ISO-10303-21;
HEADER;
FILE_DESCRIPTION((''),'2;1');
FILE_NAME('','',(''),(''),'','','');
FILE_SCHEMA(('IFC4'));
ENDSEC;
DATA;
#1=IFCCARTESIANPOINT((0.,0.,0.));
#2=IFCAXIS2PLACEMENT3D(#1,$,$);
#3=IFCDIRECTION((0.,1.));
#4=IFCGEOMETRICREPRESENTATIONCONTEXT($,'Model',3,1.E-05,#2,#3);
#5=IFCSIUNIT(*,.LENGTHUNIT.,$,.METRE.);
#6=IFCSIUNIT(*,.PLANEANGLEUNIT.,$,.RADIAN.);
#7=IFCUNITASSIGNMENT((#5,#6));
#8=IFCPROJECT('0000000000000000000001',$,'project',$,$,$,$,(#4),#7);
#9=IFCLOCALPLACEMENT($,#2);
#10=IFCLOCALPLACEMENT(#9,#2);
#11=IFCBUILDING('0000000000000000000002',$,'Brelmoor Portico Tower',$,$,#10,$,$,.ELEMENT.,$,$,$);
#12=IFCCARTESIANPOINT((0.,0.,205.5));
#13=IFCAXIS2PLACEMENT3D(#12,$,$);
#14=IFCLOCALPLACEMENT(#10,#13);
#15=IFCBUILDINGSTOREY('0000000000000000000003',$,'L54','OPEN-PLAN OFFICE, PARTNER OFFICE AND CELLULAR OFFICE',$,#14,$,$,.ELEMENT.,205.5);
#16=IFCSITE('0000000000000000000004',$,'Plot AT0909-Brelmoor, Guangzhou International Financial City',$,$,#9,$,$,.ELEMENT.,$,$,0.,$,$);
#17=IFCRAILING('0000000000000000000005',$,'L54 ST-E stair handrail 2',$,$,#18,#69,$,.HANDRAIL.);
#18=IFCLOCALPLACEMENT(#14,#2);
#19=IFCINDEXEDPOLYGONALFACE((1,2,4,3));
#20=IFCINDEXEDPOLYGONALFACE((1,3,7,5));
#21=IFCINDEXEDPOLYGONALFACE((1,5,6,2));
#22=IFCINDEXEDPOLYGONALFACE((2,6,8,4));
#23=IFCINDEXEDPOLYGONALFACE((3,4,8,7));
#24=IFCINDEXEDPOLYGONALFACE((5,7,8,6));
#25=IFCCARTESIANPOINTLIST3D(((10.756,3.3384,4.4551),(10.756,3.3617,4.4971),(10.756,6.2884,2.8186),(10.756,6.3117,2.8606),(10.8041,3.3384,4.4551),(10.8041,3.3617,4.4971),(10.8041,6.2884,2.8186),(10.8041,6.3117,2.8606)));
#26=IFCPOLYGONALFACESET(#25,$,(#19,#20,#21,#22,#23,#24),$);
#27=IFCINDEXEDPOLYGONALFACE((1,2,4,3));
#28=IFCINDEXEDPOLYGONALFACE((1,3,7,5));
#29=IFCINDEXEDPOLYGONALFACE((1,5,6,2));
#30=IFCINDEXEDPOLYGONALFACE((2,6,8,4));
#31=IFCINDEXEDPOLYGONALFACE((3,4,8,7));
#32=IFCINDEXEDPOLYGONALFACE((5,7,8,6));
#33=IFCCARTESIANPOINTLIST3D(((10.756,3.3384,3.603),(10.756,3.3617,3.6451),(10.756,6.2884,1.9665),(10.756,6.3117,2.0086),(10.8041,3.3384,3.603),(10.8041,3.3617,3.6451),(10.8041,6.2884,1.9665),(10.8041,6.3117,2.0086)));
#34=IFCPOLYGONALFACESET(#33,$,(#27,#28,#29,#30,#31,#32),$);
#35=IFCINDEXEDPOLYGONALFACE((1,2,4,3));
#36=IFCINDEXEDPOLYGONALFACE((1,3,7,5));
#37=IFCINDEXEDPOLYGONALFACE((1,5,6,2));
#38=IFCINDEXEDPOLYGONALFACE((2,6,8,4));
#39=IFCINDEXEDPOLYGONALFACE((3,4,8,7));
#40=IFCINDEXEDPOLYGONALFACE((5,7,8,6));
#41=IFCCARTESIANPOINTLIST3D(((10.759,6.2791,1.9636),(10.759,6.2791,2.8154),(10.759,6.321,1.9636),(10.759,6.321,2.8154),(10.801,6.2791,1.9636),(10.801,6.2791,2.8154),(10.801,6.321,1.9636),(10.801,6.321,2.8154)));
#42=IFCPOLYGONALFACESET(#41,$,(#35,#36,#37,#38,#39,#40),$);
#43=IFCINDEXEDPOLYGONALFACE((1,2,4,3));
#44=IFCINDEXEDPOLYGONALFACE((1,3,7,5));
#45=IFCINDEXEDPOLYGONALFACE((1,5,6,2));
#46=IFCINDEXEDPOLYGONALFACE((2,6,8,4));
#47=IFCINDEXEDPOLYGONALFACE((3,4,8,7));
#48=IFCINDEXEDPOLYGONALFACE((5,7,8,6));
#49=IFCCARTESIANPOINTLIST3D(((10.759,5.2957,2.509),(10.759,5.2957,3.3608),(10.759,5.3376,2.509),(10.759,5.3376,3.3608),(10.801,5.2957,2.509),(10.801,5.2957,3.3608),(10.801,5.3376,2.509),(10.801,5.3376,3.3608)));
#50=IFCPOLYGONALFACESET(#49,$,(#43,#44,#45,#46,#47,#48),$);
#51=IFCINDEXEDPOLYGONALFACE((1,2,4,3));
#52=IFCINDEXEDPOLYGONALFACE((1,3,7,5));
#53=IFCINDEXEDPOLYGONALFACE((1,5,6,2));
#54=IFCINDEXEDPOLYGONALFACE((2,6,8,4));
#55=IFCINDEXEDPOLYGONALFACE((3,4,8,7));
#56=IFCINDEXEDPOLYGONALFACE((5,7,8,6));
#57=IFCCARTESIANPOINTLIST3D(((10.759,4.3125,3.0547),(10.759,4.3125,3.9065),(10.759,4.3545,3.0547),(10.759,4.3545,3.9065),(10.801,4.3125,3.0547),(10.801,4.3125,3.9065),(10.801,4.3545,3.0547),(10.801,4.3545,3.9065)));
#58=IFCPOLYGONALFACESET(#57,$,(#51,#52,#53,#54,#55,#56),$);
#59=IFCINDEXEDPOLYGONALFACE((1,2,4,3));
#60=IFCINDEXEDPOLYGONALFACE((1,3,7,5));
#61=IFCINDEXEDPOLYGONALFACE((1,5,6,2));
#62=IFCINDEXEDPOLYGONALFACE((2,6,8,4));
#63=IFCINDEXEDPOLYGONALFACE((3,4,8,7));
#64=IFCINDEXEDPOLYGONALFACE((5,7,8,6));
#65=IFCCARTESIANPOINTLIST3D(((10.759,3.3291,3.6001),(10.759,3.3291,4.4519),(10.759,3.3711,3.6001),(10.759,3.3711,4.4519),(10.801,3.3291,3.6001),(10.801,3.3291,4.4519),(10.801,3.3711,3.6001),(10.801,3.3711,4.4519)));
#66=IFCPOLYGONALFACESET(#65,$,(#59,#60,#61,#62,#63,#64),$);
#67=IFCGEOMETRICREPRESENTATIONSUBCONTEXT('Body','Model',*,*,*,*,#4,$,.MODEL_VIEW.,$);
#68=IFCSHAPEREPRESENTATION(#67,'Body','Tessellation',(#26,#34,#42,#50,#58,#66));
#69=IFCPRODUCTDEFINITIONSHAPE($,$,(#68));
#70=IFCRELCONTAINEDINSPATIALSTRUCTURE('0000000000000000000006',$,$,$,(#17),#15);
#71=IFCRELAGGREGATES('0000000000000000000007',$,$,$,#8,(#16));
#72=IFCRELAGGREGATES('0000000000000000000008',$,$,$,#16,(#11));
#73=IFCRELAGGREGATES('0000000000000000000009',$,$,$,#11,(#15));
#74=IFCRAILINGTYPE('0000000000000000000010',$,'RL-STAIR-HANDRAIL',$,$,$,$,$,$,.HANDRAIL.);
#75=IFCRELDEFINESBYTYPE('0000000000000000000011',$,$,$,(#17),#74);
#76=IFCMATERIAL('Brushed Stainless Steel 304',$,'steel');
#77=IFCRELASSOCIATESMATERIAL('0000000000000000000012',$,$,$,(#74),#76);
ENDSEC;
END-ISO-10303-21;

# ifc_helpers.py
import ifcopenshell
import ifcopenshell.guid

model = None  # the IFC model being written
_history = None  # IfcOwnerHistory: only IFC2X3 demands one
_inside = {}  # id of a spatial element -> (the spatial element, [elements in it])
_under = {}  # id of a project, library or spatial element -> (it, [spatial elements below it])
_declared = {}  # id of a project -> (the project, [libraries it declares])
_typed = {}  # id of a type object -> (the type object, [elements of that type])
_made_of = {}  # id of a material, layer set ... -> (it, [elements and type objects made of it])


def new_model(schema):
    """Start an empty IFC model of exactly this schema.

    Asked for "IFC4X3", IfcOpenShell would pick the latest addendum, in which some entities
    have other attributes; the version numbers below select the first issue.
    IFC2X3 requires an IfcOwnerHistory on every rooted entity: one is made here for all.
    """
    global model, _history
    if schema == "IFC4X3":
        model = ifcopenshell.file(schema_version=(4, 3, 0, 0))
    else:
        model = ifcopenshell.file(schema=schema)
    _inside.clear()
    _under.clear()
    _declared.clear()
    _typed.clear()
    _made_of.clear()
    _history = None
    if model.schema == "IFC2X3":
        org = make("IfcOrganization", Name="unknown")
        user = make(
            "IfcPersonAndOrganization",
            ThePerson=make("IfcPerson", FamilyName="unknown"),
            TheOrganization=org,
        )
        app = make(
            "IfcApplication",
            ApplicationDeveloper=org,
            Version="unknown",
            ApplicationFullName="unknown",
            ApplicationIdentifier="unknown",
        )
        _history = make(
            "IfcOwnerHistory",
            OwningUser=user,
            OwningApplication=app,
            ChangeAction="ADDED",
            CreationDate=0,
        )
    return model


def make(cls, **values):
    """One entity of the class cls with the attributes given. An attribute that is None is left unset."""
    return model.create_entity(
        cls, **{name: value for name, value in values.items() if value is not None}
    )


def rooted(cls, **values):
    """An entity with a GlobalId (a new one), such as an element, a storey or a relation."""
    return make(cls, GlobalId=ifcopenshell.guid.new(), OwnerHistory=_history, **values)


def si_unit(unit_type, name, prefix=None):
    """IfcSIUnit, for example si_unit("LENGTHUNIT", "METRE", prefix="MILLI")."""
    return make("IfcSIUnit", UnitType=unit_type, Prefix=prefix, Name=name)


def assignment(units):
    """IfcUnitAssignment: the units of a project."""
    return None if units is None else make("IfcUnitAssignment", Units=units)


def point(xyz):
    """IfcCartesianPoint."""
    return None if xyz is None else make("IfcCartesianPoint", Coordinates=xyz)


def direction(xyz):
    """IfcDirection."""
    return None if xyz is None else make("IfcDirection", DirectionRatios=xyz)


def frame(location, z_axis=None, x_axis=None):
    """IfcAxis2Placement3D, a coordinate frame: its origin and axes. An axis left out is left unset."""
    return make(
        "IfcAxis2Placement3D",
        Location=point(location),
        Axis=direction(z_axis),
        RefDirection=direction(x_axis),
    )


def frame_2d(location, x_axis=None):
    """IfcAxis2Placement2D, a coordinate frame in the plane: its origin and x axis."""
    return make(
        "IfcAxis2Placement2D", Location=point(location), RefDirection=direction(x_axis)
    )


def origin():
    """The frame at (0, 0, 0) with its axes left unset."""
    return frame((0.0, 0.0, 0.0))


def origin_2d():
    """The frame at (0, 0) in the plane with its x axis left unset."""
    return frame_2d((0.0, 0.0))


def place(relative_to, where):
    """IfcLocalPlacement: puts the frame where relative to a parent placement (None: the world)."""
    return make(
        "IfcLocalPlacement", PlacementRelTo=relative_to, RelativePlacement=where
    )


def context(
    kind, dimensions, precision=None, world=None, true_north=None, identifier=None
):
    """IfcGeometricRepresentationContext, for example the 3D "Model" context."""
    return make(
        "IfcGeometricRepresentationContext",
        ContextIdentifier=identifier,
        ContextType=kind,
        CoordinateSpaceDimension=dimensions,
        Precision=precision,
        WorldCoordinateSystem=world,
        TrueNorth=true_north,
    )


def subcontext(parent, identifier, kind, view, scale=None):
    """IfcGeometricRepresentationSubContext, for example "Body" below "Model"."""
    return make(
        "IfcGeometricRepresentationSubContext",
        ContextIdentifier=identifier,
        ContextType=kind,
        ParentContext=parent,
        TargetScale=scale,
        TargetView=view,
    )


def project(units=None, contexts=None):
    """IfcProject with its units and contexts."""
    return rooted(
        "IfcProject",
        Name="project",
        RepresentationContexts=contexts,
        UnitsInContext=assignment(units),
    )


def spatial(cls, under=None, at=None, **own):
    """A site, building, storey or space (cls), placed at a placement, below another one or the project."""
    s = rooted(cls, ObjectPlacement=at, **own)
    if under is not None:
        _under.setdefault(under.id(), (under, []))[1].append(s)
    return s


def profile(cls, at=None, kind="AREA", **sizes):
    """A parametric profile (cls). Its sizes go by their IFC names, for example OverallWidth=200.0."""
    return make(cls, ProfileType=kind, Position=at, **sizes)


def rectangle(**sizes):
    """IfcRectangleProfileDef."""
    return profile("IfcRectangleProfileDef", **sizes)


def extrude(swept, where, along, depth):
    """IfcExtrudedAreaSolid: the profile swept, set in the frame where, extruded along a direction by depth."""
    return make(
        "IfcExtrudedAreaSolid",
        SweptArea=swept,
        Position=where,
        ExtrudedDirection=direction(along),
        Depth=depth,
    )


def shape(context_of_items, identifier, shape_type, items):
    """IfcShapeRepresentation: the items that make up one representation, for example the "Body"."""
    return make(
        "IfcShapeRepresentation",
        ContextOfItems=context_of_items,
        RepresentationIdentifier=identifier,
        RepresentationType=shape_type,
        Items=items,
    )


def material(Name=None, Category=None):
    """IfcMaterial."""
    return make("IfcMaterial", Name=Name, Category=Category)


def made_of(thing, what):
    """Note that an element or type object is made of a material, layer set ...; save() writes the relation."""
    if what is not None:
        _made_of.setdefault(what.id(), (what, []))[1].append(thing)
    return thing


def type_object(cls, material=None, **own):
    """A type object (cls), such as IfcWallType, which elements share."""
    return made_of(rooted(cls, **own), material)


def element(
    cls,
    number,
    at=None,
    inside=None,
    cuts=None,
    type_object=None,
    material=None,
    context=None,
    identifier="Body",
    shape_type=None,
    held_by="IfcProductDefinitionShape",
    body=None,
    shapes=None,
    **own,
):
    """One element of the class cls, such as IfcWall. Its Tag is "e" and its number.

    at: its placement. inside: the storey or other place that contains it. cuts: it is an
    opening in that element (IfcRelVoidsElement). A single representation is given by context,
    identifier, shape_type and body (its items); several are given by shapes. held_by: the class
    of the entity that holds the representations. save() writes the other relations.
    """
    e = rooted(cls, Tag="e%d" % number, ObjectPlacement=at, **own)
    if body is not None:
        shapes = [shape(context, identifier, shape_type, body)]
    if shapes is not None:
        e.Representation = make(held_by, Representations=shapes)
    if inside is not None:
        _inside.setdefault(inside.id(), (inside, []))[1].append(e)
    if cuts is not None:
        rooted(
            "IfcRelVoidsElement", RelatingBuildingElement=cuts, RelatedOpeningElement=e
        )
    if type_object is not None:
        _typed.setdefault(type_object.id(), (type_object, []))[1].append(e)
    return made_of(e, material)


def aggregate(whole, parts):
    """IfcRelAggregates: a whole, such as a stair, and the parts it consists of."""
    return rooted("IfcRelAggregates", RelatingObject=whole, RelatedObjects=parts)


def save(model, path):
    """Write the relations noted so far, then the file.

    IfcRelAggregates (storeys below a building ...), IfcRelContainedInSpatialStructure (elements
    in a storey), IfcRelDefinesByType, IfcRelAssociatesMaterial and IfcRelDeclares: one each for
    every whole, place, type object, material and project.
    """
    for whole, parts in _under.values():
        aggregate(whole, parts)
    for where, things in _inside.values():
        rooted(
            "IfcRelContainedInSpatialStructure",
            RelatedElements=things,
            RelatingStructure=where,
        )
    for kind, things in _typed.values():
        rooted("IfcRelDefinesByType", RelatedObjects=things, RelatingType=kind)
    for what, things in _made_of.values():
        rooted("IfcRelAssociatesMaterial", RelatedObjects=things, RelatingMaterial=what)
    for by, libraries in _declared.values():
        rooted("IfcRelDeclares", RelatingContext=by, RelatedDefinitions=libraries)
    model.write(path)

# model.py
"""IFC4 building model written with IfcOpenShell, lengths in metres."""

from ifc_helpers import new_model, si_unit, direction, frame, origin, origin_2d, place, context, subcontext, project, spatial, rectangle, extrude, material, type_object, element, save


model = new_model("IFC4")

# Units and contexts
model_context = context("Model", 3, precision=1e-05, world=origin(), true_north=direction((0.0, 1.0)))
body_context = subcontext(model_context, "Body", "Model", "MODEL_VIEW")
ifc_project = project(units=[si_unit("LENGTHUNIT", "METRE"), si_unit("PLANEANGLEUNIT", "RADIAN")], contexts=[model_context])

# Site, building, storey
site_placement = place(None, origin())
site = spatial("IfcSite", under=ifc_project, at=site_placement, Name="Plot AT0909-Brelmoor, Guangzhou International Financial City", CompositionType="ELEMENT", RefElevation=0.0)
building_placement = place(site_placement, origin())
building = spatial("IfcBuilding", under=site, at=building_placement, Name="Brelmoor Portico Tower", CompositionType="ELEMENT")
storey_placement = place(building_placement, frame((0.0, 0.0, 205.5)))
storey = spatial("IfcBuildingStorey", under=building, at=storey_placement, Name="L54", Description="OPEN-PLAN OFFICE, PARTNER OFFICE AND CELLULAR OFFICE", CompositionType="ELEMENT", Elevation=205.5)

# Railing
ifc_material_1 = material(Name="Brushed Stainless Steel 304", Category="steel")
railing_type_1 = type_object("IfcRailingType", Name="RL-STAIR-HANDRAIL", PredefinedType="HANDRAIL", material=ifc_material_1)
railing_1_placement = place(storey_placement, frame((10.78, 6.3, 1.9636)))
element("IfcRailing", 1, at=railing_1_placement, inside=storey, type_object=railing_type_1, Name="L54 ST-E stair handrail 2", PredefinedType="HANDRAIL", context=body_context, shape_type="SweptSolid", body=[
    extrude(rectangle(XDim=0.0481, YDim=0.0481, at=origin_2d()), frame((0.0, 0.0, 0.876), z_axis=(0.0, -0.874458, 0.485102), x_axis=(1.0, 0.0, 0.0)), (0.0, 0.0, 1.0), 3.3735),
    extrude(rectangle(XDim=0.0481, YDim=0.0481, at=origin_2d()), frame((0.0, 0.0, 0.0239), z_axis=(0.0, -0.874458, 0.485102), x_axis=(1.0, 0.0, 0.0)), (0.0, 0.0, 1.0), 3.3735),
    extrude(rectangle(XDim=0.042, YDim=0.042, at=origin_2d()), origin(), (0.0, 0.0, 1.0), 0.8518),
    extrude(rectangle(XDim=0.042, YDim=0.042, at=origin_2d()), frame((0.0, -0.9834, 0.5454)), (0.0, 0.0, 1.0), 0.8518),
    extrude(rectangle(XDim=0.042, YDim=0.042, at=origin_2d()), frame((0.0, -1.9666, 1.0911)), (0.0, 0.0, 1.0), 0.8518),
    extrude(rectangle(XDim=0.042, YDim=0.042, at=origin_2d()), frame((0.0, -2.95, 1.6365)), (0.0, 0.0, 1.0), 0.8518),
])

save(model, "model.ifc")
